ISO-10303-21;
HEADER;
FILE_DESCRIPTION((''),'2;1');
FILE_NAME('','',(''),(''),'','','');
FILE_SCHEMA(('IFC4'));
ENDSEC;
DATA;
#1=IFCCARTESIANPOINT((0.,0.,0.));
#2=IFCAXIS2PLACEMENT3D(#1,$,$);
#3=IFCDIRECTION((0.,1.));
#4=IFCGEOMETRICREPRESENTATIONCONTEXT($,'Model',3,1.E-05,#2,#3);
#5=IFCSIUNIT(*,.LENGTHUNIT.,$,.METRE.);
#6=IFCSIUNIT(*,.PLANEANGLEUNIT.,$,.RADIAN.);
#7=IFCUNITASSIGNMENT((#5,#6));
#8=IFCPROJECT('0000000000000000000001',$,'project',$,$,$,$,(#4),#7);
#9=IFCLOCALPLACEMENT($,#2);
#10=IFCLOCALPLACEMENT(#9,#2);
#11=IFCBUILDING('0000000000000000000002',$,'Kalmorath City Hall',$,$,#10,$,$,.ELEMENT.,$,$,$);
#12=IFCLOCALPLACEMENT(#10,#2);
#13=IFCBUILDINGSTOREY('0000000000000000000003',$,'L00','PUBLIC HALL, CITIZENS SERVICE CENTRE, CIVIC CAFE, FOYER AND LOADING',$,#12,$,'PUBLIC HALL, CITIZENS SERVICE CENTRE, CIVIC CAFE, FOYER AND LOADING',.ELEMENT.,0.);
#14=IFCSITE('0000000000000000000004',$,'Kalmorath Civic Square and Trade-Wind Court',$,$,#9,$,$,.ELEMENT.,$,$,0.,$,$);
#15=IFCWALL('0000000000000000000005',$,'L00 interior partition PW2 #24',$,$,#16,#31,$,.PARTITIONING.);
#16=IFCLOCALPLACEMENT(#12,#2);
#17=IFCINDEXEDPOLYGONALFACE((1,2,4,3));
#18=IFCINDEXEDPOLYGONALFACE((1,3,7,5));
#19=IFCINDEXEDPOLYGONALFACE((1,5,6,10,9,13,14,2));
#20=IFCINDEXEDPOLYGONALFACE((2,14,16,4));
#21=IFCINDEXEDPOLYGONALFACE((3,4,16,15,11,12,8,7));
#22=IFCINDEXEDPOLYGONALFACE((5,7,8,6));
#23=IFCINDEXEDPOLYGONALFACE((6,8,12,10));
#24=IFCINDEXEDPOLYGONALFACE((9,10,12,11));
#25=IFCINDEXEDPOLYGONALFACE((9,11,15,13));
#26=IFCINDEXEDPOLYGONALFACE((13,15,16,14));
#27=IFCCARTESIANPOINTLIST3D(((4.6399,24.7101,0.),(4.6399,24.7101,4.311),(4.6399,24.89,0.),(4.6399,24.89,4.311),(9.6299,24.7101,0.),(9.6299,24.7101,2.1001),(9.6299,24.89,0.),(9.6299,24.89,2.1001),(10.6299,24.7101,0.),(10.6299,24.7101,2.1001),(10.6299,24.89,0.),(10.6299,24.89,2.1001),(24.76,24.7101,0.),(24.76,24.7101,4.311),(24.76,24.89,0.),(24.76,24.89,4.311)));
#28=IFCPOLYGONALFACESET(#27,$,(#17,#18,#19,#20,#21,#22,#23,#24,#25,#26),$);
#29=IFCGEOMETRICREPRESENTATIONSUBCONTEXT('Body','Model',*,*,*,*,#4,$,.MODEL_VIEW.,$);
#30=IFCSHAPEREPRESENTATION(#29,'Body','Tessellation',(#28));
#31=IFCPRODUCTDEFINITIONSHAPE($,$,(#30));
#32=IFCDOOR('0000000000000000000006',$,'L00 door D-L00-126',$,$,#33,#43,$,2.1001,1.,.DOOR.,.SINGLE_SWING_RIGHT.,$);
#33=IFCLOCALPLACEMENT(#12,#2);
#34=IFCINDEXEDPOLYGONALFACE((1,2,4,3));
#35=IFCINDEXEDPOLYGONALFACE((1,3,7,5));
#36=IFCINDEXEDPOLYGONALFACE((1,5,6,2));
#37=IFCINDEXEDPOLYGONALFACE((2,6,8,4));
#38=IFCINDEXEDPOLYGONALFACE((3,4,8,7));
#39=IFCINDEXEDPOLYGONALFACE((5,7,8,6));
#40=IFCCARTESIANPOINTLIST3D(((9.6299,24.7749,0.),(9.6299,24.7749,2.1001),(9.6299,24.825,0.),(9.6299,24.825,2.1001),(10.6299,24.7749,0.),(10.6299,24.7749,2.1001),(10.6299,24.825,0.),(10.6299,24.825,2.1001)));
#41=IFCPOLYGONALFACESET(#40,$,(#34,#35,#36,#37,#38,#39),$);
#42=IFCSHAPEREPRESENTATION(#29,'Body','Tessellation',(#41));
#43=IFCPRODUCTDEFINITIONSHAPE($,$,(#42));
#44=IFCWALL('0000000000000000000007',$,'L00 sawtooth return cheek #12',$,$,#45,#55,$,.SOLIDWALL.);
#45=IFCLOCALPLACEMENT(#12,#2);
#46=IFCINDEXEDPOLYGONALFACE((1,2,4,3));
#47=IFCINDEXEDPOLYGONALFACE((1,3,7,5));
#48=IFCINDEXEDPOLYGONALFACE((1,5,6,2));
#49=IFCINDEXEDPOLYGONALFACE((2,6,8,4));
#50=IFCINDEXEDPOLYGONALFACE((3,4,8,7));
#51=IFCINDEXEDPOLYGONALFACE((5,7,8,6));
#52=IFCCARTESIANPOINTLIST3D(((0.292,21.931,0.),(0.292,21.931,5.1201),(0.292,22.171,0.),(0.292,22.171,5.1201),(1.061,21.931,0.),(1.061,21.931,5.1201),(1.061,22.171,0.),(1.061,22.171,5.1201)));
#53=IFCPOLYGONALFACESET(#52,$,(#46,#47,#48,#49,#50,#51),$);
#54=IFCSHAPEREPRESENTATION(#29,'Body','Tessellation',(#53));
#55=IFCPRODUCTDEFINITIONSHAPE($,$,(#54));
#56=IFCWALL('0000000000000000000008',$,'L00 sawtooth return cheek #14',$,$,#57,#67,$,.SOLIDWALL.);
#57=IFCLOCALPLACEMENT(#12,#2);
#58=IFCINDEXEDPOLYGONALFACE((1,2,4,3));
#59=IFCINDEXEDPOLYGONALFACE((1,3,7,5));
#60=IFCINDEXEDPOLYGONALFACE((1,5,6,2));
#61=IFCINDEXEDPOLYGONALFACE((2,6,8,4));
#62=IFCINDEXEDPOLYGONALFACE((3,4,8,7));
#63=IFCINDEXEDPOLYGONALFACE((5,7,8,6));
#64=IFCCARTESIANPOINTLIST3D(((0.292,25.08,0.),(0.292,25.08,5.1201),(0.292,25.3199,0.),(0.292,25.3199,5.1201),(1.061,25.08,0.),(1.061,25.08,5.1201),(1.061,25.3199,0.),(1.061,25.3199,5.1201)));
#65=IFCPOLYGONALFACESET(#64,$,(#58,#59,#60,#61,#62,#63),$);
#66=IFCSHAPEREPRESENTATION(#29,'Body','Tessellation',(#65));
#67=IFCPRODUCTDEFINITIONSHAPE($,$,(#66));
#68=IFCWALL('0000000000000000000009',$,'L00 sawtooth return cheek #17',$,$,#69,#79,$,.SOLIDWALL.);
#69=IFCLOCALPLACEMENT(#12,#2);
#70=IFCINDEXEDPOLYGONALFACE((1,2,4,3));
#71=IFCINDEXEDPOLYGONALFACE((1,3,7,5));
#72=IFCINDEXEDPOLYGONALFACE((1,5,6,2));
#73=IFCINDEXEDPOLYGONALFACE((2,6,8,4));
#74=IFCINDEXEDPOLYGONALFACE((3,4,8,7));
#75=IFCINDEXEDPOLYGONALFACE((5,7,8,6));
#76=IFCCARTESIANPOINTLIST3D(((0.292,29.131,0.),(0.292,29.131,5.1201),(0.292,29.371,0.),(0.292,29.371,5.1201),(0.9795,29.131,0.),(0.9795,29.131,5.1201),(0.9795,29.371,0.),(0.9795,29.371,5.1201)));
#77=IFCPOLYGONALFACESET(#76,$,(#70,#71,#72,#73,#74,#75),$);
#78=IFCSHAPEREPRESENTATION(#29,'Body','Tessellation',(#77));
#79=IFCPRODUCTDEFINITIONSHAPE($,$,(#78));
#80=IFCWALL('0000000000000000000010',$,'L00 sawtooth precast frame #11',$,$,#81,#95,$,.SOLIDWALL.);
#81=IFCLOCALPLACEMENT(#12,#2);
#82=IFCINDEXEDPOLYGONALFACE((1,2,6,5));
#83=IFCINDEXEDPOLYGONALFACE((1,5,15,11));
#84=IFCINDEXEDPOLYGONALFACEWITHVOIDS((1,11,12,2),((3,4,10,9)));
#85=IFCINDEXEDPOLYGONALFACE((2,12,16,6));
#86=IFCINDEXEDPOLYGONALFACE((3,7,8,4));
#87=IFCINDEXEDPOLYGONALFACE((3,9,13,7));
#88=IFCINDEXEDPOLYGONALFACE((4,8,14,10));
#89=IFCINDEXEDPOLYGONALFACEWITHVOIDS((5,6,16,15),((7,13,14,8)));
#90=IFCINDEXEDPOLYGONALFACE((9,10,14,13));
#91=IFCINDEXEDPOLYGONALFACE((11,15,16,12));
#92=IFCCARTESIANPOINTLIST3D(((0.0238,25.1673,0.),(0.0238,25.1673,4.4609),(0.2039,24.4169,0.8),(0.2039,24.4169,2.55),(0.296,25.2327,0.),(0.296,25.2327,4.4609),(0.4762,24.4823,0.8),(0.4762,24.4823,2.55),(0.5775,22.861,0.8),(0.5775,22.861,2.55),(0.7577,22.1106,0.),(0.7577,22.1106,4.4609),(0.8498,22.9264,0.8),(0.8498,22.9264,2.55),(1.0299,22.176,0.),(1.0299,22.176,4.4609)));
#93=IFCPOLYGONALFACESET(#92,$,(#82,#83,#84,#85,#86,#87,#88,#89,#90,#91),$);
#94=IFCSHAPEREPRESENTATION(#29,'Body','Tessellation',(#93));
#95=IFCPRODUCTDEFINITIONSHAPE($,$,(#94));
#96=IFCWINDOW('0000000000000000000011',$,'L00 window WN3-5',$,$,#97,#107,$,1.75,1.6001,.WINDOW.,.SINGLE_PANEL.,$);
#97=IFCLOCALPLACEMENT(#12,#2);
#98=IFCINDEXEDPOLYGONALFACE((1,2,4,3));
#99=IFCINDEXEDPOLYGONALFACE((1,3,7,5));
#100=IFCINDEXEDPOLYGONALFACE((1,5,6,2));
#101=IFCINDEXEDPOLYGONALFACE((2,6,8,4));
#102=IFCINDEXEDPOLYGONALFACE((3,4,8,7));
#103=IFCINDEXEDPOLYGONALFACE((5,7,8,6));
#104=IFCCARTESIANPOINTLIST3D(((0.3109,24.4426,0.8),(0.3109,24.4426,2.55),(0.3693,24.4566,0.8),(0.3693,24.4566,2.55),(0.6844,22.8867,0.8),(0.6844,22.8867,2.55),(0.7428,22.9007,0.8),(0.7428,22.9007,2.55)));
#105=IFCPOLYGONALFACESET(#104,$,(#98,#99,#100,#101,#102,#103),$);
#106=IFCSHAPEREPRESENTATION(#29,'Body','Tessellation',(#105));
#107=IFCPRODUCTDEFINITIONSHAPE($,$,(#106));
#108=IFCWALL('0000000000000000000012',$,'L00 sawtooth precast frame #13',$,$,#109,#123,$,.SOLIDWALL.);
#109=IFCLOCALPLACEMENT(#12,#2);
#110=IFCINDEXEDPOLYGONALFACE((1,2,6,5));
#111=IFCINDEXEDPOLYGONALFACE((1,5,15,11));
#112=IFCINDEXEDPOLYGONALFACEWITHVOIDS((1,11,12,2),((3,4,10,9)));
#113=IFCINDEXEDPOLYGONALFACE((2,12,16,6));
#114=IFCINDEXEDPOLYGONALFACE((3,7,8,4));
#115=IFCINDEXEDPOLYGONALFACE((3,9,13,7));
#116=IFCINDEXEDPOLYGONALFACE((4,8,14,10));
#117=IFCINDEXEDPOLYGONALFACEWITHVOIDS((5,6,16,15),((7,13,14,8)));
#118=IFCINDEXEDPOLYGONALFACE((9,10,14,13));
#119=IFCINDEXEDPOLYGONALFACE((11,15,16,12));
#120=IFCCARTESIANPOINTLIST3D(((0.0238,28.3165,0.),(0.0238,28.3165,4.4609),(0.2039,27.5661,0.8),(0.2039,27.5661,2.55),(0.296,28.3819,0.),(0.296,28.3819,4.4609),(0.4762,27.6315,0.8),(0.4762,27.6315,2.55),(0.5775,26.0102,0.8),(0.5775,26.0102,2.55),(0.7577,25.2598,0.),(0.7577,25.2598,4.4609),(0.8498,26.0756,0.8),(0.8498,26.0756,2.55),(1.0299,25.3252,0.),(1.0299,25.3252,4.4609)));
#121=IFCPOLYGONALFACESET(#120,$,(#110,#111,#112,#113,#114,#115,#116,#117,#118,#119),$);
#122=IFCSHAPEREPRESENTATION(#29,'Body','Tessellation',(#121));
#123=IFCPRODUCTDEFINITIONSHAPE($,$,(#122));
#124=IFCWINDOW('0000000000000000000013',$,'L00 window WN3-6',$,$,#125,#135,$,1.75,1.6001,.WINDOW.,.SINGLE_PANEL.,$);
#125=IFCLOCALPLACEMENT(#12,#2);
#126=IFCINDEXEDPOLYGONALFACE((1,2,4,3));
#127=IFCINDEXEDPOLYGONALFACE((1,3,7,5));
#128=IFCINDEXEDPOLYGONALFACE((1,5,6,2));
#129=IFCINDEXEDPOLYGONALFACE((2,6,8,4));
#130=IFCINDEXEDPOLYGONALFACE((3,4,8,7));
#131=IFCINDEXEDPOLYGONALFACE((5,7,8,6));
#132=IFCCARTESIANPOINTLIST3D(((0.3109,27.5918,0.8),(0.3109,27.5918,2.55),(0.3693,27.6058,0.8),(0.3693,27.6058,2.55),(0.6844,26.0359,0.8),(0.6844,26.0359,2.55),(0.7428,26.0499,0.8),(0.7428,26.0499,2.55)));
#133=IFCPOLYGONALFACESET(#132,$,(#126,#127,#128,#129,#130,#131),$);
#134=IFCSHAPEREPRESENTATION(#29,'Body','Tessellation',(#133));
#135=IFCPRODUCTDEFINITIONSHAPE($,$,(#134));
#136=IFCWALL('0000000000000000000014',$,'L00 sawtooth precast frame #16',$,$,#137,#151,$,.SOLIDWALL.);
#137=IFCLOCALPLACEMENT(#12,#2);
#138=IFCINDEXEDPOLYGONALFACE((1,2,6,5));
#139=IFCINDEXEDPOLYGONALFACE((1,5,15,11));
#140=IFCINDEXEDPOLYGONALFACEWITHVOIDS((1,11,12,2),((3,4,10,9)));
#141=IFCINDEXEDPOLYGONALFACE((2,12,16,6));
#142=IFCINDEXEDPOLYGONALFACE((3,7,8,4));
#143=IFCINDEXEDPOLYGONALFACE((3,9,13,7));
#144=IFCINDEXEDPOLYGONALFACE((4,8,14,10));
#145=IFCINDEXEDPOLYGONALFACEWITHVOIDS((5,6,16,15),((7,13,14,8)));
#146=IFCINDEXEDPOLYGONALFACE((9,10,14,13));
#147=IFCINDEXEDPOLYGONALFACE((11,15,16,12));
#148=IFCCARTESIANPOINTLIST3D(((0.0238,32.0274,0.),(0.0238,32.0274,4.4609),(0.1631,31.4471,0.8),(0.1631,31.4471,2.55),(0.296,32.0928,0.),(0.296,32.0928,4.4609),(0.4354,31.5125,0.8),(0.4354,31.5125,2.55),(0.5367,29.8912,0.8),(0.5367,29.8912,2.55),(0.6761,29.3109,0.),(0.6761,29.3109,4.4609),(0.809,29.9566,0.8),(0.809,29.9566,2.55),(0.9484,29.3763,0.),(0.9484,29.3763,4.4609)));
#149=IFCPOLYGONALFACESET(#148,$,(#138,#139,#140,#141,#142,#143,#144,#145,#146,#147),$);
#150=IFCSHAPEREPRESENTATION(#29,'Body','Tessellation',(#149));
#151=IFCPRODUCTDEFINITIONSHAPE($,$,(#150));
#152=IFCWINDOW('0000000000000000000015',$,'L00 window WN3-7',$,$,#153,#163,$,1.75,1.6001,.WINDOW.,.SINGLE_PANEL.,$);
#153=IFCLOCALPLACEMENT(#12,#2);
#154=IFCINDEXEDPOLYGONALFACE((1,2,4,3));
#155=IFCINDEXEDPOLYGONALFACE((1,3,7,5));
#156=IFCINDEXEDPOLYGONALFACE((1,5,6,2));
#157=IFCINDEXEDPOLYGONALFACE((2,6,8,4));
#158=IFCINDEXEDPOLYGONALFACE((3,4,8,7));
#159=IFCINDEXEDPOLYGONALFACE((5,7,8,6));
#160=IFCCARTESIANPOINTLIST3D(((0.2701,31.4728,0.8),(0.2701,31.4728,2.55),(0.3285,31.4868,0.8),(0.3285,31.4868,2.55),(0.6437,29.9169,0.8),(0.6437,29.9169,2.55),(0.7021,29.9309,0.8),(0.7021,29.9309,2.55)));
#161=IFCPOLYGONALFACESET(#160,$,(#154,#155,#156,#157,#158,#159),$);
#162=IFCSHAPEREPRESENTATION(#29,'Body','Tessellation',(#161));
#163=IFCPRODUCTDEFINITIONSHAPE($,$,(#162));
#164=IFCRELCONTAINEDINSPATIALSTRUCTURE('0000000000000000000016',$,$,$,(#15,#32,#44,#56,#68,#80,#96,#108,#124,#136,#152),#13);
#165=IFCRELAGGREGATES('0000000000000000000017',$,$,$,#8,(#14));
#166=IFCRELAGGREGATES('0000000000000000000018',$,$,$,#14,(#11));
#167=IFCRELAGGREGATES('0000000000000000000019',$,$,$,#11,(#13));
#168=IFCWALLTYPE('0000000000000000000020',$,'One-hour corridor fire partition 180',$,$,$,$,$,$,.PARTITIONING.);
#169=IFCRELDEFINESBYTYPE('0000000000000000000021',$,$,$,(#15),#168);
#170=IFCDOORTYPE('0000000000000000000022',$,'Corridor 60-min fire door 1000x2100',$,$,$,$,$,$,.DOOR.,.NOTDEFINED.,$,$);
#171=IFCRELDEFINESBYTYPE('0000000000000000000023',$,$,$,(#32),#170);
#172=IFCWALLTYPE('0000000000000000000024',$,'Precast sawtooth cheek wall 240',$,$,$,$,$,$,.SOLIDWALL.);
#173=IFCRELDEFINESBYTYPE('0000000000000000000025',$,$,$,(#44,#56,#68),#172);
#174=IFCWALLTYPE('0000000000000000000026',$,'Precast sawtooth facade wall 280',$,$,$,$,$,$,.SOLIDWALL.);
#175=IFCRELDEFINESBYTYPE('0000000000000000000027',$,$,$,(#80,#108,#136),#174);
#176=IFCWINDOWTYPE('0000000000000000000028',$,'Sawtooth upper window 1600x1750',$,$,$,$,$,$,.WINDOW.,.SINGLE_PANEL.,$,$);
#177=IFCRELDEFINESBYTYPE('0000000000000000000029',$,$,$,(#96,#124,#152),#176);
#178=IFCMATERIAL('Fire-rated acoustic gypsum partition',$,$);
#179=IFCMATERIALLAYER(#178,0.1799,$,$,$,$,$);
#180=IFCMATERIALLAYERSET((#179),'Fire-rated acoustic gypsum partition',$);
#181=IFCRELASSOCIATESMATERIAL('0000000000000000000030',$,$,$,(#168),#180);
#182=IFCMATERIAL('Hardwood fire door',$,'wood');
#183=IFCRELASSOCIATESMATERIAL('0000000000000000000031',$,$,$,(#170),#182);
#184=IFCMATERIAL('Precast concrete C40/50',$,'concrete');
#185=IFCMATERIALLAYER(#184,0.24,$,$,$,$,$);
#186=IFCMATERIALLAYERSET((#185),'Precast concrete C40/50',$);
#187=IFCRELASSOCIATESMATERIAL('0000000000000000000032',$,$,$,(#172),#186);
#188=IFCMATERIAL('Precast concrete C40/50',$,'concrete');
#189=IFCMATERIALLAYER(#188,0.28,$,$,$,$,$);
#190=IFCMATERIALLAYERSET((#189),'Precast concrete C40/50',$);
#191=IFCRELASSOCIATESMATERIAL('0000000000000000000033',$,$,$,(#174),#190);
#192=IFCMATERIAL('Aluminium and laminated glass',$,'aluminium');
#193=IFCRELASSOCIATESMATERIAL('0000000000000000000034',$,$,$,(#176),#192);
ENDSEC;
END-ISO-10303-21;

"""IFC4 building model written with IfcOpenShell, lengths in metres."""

from ifc_helpers import new_model, si_unit, direction, frame, frame_2d, origin, place, context, subcontext, project, spatial, rectangle, extrude, material, layer, layer_set, type_object, element, fill, save


model = new_model("IFC4")

# Units and contexts
model_context = context("Model", 3, precision=1e-05, world=origin(), true_north=direction((0.0, 1.0)))
body_context = subcontext(model_context, "Body", "Model", "MODEL_VIEW")
ifc_project = project(units=[si_unit("LENGTHUNIT", "METRE"), si_unit("PLANEANGLEUNIT", "RADIAN")], contexts=[model_context])

# Site, building, storey
site_placement = place(None, origin())
site = spatial("IfcSite", under=ifc_project, at=site_placement, Name="Kalmorath Civic Square and Trade-Wind Court", CompositionType="ELEMENT", RefElevation=0.0)
building_placement = place(site_placement, origin())
building = spatial("IfcBuilding", under=site, at=building_placement, Name="Kalmorath City Hall", CompositionType="ELEMENT")
storey_placement = place(building_placement, origin())
storey = spatial("IfcBuildingStorey", under=building, at=storey_placement, Name="L00", Description="PUBLIC HALL, CITIZENS SERVICE CENTRE, CIVIC CAFE, FOYER AND LOADING", LongName="PUBLIC HALL, CITIZENS SERVICE CENTRE, CIVIC CAFE, FOYER AND LOADING", CompositionType="ELEMENT", Elevation=0.0)

# Shared definitions
ifc_material_1 = material(Name="Fire-rated acoustic gypsum partition")
ifc_layer_1 = layer(ifc_material_1, 0.1799)
ifc_layer_set_1 = layer_set([ifc_layer_1], Name="Fire-rated acoustic gypsum partition")
wall_type_1 = type_object("IfcWallType", Name="One-hour corridor fire partition 180", PredefinedType="PARTITIONING", material=ifc_layer_set_1)

# Wall, opening, door
wall_1_placement = place(storey_placement, frame((4.6399, 24.8, 0.0), z_axis=(0.0, 0.0, 1.0), x_axis=(1.0, 0.0, 0.0)))
wall_1 = element("IfcWall", 1, at=wall_1_placement, inside=storey, type_object=wall_type_1, Name="L00 interior partition PW2 #24", PredefinedType="PARTITIONING", context=body_context, shape_type="SweptSolid", body=[
    extrude(rectangle(XDim=20.1201, YDim=0.1799, at=frame_2d((10.0601, 0.0))), origin(), (0.0, 0.0, 1.0), 4.311),
])
opening_1_placement = place(wall_1_placement, frame((4.99, 0.0, 0.0)))
opening_1 = element("IfcOpeningElement", 2, at=opening_1_placement, cuts=wall_1, PredefinedType="OPENING", context=body_context, shape_type="SweptSolid", body=[
    extrude(rectangle(XDim=1.0, YDim=2.1001, at=frame_2d((0.5, 1.05))), frame((0.0, 0.0999, 0.0), z_axis=(0.0, -1.0, 0.0), x_axis=(1.0, 0.0, 0.0)), (0.0, 0.0, 1.0), 0.2),
])
ifc_material_2 = material(Name="Hardwood fire door", Category="wood")
door_type_1 = type_object("IfcDoorType", Name="Corridor 60-min fire door 1000x2100", OperationType="NOTDEFINED", PredefinedType="DOOR", material=ifc_material_2)
door_1_placement = place(opening_1_placement, origin())
door_1 = element("IfcDoor", 3, at=door_1_placement, inside=storey, type_object=door_type_1, Name="L00 door D-L00-126", OperationType="SINGLE_SWING_RIGHT", OverallHeight=2.1001, OverallWidth=1.0, PredefinedType="DOOR", context=body_context, shape_type="SweptSolid", body=[
    extrude(rectangle(XDim=1.0, YDim=2.1001, at=frame_2d((0.5, 1.05))), frame((0.0, 0.0249, 0.0), z_axis=(0.0, -1.0, 0.0), x_axis=(1.0, 0.0, 0.0)), (0.0, 0.0, 1.0), 0.05),
])
fill(opening_1, door_1)

# Walls
ifc_material_3 = material(Name="Precast concrete C40/50", Category="concrete")
ifc_layer_2 = layer(ifc_material_3, 0.24)
ifc_layer_set_2 = layer_set([ifc_layer_2], Name="Precast concrete C40/50")
wall_type_2 = type_object("IfcWallType", Name="Precast sawtooth cheek wall 240", PredefinedType="SOLIDWALL", material=ifc_layer_set_2)
for number, where, z_axis, x_axis, name in (
    (4, (1.061, 22.051, 0.0), (0.0, 0.0, 1.0), (-1.0, 0.0, 0.0), "L00 sawtooth return cheek #12"),
    (5, (1.061, 25.2, 0.0), (0.0, 0.0, 1.0), (-1.0, 0.0, 0.0), "L00 sawtooth return cheek #14"),
):
    element("IfcWall", number, at=place(storey_placement, frame(where, z_axis=z_axis, x_axis=x_axis)), inside=storey, type_object=wall_type_2, Name=name, PredefinedType="SOLIDWALL", context=body_context, shape_type="SweptSolid", body=[
        extrude(rectangle(XDim=0.769, YDim=0.24, at=frame_2d((0.3845, 0.0))), origin(), (0.0, 0.0, 1.0), 5.1201),
    ])
wall_2_placement = place(storey_placement, frame((0.9795, 29.251, 0.0), z_axis=(0.0, 0.0, 1.0), x_axis=(-1.0, 0.0, 0.0)))
element("IfcWall", 6, at=wall_2_placement, inside=storey, type_object=wall_type_2, Name="L00 sawtooth return cheek #17", PredefinedType="SOLIDWALL", context=body_context, shape_type="SweptSolid", body=[
    extrude(rectangle(XDim=0.6875, YDim=0.24, at=frame_2d((0.3438, 0.0))), origin(), (0.0, 0.0, 1.0), 5.1201),
])

# Walls, openings, windows
ifc_material_4 = material(Name="Precast concrete C40/50", Category="concrete")
ifc_layer_3 = layer(ifc_material_4, 0.28)
ifc_layer_set_3 = layer_set([ifc_layer_3], Name="Precast concrete C40/50")
wall_type_3 = type_object("IfcWallType", Name="Precast sawtooth facade wall 280", PredefinedType="SOLIDWALL", material=ifc_layer_set_3)
wall_3_placement = place(storey_placement, frame((0.8938, 22.1433, 0.0), z_axis=(0.0, 0.0, 1.0), x_axis=(-0.233461, 0.972366, 0.0)))
wall_3 = element("IfcWall", 7, at=wall_3_placement, inside=storey, type_object=wall_type_3, Name="L00 sawtooth precast frame #11", PredefinedType="SOLIDWALL", context=body_context, shape_type="SweptSolid", body=[
    extrude(rectangle(XDim=3.1436, YDim=0.28, at=frame_2d((1.5718, 0.0))), origin(), (0.0, 0.0, 1.0), 4.4609),
])
opening_2_placement = place(wall_3_placement, frame((0.7717, 0.0, 0.8)))
opening_2 = element("IfcOpeningElement", 8, at=opening_2_placement, cuts=wall_3, PredefinedType="OPENING", context=body_context, shape_type="SweptSolid", body=[
    extrude(rectangle(XDim=1.6001, YDim=1.75, at=frame_2d((0.8, 0.875))), frame((0.0, 0.1499, 0.0), z_axis=(0.0, -1.0, 0.0), x_axis=(1.0, 0.0, 0.0)), (0.0, 0.0, 1.0), 0.3),
])
ifc_material_5 = material(Name="Aluminium and laminated glass", Category="aluminium")
window_type = type_object("IfcWindowType", Name="Sawtooth upper window 1600x1750", PartitioningType="SINGLE_PANEL", PredefinedType="WINDOW", material=ifc_material_5)
window_1_placement = place(opening_2_placement, origin())
window_1 = element("IfcWindow", 9, at=window_1_placement, inside=storey, type_object=window_type, Name="L00 window WN3-5", OverallHeight=1.75, OverallWidth=1.6001, PartitioningType="SINGLE_PANEL", PredefinedType="WINDOW", context=body_context, shape_type="SweptSolid", body=[
    extrude(rectangle(XDim=1.6001, YDim=1.75, at=frame_2d((0.8, 0.875))), frame((0.0, 0.03, 0.0), z_axis=(0.0, -1.0, 0.0), x_axis=(1.0, 0.0, 0.0)), (0.0, 0.0, 1.0), 0.0601),
])
fill(opening_2, window_1)
wall_4_placement = place(storey_placement, frame((0.8938, 25.2925, 0.0), z_axis=(0.0, 0.0, 1.0), x_axis=(-0.233461, 0.972366, 0.0)))
wall_4 = element("IfcWall", 10, at=wall_4_placement, inside=storey, type_object=wall_type_3, Name="L00 sawtooth precast frame #13", PredefinedType="SOLIDWALL", context=body_context, shape_type="SweptSolid", body=[
    extrude(rectangle(XDim=3.1436, YDim=0.28, at=frame_2d((1.5718, 0.0))), origin(), (0.0, 0.0, 1.0), 4.4609),
])
opening_3_placement = place(wall_4_placement, frame((0.7717, 0.0, 0.8)))
opening_3 = element("IfcOpeningElement", 11, at=opening_3_placement, cuts=wall_4, PredefinedType="OPENING", context=body_context, shape_type="SweptSolid", body=[
    extrude(rectangle(XDim=1.6001, YDim=1.75, at=frame_2d((0.8, 0.875))), frame((0.0, 0.1499, 0.0), z_axis=(0.0, -1.0, 0.0), x_axis=(1.0, 0.0, 0.0)), (0.0, 0.0, 1.0), 0.3),
])
window_2_placement = place(opening_3_placement, origin())
window_2 = element("IfcWindow", 12, at=window_2_placement, inside=storey, type_object=window_type, Name="L00 window WN3-6", OverallHeight=1.75, OverallWidth=1.6001, PartitioningType="SINGLE_PANEL", PredefinedType="WINDOW", context=body_context, shape_type="SweptSolid", body=[
    extrude(rectangle(XDim=1.6001, YDim=1.75, at=frame_2d((0.8, 0.875))), frame((0.0, 0.03, 0.0), z_axis=(0.0, -1.0, 0.0), x_axis=(1.0, 0.0, 0.0)), (0.0, 0.0, 1.0), 0.0601),
])
fill(opening_3, window_2)
wall_5_placement = place(storey_placement, frame((0.8123, 29.3435, 0.0), z_axis=(0.0, 0.0, 1.0), x_axis=(-0.233499, 0.972357, 0.0)))
wall_5 = element("IfcWall", 13, at=wall_5_placement, inside=storey, type_object=wall_type_3, Name="L00 sawtooth precast frame #16", PredefinedType="SOLIDWALL", context=body_context, shape_type="SweptSolid", body=[
    extrude(rectangle(XDim=2.7937, YDim=0.28, at=frame_2d((1.397, 0.0))), origin(), (0.0, 0.0, 1.0), 4.4609),
])
opening_4_placement = place(wall_5_placement, frame((0.5969, 0.0, 0.8)))
opening_4 = element("IfcOpeningElement", 14, at=opening_4_placement, cuts=wall_5, PredefinedType="OPENING", context=body_context, shape_type="SweptSolid", body=[
    extrude(rectangle(XDim=1.6001, YDim=1.75, at=frame_2d((0.8, 0.875))), frame((0.0, 0.1499, 0.0), z_axis=(0.0, -1.0, 0.0), x_axis=(1.0, 0.0, 0.0)), (0.0, 0.0, 1.0), 0.3),
])
window_3_placement = place(opening_4_placement, origin())
window_3 = element("IfcWindow", 15, at=window_3_placement, inside=storey, type_object=window_type, Name="L00 window WN3-7", OverallHeight=1.75, OverallWidth=1.6001, PartitioningType="SINGLE_PANEL", PredefinedType="WINDOW", context=body_context, shape_type="SweptSolid", body=[
    extrude(rectangle(XDim=1.6001, YDim=1.75, at=frame_2d((0.8, 0.875))), frame((0.0, 0.03, 0.0), z_axis=(0.0, -1.0, 0.0), x_axis=(1.0, 0.0, 0.0)), (0.0, 0.0, 1.0), 0.0601),
])
fill(opening_4, window_3)

save(model, "model.ifc")
